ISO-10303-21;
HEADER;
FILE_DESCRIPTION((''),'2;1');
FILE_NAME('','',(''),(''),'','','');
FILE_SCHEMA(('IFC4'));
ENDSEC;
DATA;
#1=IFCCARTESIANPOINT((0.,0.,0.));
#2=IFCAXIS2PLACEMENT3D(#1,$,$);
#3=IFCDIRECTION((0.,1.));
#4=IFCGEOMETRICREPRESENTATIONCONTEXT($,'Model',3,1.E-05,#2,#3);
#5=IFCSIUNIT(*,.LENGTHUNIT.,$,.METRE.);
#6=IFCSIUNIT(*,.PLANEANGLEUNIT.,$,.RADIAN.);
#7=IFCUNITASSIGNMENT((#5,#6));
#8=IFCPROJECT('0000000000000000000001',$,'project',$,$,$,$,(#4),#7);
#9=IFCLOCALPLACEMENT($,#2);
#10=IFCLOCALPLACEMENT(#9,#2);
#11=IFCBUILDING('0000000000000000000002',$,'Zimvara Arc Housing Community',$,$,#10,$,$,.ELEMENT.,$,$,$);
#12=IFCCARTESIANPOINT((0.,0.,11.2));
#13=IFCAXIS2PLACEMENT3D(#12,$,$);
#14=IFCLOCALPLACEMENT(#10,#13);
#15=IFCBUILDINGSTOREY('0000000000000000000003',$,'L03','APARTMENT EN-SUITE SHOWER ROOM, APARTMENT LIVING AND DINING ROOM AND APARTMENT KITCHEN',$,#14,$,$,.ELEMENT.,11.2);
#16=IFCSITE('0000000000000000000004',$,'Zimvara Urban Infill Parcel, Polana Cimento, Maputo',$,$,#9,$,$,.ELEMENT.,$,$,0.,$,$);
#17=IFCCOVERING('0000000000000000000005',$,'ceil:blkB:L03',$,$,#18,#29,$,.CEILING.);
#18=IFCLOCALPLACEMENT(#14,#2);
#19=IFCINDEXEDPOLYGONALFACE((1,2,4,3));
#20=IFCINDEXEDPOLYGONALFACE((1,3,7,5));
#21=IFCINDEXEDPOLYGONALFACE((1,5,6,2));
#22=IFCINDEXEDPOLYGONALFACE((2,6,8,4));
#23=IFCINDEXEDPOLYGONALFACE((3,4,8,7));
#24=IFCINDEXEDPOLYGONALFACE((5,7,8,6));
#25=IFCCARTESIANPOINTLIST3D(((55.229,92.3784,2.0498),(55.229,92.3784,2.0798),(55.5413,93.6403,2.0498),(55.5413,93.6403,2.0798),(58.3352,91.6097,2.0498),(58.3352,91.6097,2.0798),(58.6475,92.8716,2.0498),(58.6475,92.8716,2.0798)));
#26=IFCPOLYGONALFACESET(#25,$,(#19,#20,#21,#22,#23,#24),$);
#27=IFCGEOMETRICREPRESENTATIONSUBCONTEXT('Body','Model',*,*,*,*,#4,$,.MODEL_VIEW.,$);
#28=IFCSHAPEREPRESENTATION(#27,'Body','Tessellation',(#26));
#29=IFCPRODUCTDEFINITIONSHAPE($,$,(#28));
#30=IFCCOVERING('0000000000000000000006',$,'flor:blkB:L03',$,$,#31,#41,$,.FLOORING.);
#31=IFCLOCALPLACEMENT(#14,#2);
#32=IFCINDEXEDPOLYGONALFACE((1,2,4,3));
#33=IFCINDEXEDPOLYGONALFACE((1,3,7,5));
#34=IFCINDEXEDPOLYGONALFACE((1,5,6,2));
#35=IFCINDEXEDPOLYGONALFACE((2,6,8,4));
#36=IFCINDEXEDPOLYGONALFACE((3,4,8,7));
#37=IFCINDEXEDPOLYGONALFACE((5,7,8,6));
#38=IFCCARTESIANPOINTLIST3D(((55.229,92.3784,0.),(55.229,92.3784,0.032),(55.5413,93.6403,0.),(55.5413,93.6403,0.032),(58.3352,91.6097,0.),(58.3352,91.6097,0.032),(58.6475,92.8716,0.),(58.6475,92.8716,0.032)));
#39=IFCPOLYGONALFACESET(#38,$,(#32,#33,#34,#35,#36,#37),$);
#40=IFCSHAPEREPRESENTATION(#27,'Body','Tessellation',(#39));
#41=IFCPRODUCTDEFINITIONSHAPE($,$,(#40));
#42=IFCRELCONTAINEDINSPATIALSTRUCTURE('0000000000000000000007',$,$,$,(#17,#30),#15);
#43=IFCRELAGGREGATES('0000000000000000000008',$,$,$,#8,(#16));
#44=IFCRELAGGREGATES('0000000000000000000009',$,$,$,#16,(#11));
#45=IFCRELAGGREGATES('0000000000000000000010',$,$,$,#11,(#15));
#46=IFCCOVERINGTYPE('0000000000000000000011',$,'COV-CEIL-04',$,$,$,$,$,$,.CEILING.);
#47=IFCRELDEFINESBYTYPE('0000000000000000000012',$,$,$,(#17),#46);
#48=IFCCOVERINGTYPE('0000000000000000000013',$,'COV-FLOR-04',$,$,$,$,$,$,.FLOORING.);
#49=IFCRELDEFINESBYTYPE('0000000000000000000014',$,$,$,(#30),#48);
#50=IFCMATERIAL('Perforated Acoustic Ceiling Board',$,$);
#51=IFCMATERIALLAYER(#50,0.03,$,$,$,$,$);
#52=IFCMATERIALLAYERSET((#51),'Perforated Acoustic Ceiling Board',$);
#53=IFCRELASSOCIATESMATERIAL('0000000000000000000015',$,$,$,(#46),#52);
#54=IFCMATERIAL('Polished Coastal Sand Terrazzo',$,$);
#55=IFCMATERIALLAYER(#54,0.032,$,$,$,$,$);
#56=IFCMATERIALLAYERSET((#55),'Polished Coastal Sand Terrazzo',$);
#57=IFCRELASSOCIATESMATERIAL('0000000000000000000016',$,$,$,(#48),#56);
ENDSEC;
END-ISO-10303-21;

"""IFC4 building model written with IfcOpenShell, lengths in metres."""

from ifc_helpers import new_model, si_unit, direction, frame, origin, origin_2d, place, context, subcontext, project, spatial, rectangle, extrude, material, layer, layer_set, type_object, element, save


model = new_model("IFC4")

# Units and contexts
model_context = context("Model", 3, precision=1e-05, world=origin(), true_north=direction((0.0, 1.0)))
body_context = subcontext(model_context, "Body", "Model", "MODEL_VIEW")
ifc_project = project(units=[si_unit("LENGTHUNIT", "METRE"), si_unit("PLANEANGLEUNIT", "RADIAN")], contexts=[model_context])

# Site, building, storey
site_placement = place(None, origin())
site = spatial("IfcSite", under=ifc_project, at=site_placement, Name="Zimvara Urban Infill Parcel, Polana Cimento, Maputo", CompositionType="ELEMENT", RefElevation=0.0)
building_placement = place(site_placement, origin())
building = spatial("IfcBuilding", under=site, at=building_placement, Name="Zimvara Arc Housing Community", CompositionType="ELEMENT")
storey_placement = place(building_placement, frame((0.0, 0.0, 11.2)))
storey = spatial("IfcBuildingStorey", under=building, at=storey_placement, Name="L03", Description="APARTMENT EN-SUITE SHOWER ROOM, APARTMENT LIVING AND DINING ROOM AND APARTMENT KITCHEN", CompositionType="ELEMENT", Elevation=11.2)

# Coverings
ifc_material_1 = material(Name="Perforated Acoustic Ceiling Board")
ifc_layer_1 = layer(ifc_material_1, 0.03)
ifc_layer_set_1 = layer_set([ifc_layer_1], Name="Perforated Acoustic Ceiling Board")
covering_type_1 = type_object("IfcCoveringType", Name="COV-CEIL-04", PredefinedType="CEILING", material=ifc_layer_set_1)
covering_1_placement = place(storey_placement, frame((56.9382, 92.625, 2.0498), z_axis=(0.0, 0.0, 1.0), x_axis=(0.240228, 0.970716, 0.0)))
element("IfcCovering", 1, at=covering_1_placement, inside=storey, type_object=covering_type_1, Name="ceil:blkB:L03", PredefinedType="CEILING", context=body_context, shape_type="SweptSolid", body=[
    extrude(rectangle(XDim=1.3, YDim=3.2, at=origin_2d()), origin(), (0.0, 0.0, 1.0), 0.03),
])
ifc_material_2 = material(Name="Polished Coastal Sand Terrazzo")
ifc_layer_2 = layer(ifc_material_2, 0.032)
ifc_layer_set_2 = layer_set([ifc_layer_2], Name="Polished Coastal Sand Terrazzo")
covering_type_2 = type_object("IfcCoveringType", Name="COV-FLOR-04", PredefinedType="FLOORING", material=ifc_layer_set_2)
covering_2_placement = place(storey_placement, frame((56.9382, 92.625, 0.0), z_axis=(0.0, 0.0, 1.0), x_axis=(0.240228, 0.970716, 0.0)))
element("IfcCovering", 2, at=covering_2_placement, inside=storey, type_object=covering_type_2, Name="flor:blkB:L03", PredefinedType="FLOORING", context=body_context, shape_type="SweptSolid", body=[
    extrude(rectangle(XDim=1.3, YDim=3.2, at=origin_2d()), origin(), (0.0, 0.0, 1.0), 0.032),
])

save(model, "model.ifc")
